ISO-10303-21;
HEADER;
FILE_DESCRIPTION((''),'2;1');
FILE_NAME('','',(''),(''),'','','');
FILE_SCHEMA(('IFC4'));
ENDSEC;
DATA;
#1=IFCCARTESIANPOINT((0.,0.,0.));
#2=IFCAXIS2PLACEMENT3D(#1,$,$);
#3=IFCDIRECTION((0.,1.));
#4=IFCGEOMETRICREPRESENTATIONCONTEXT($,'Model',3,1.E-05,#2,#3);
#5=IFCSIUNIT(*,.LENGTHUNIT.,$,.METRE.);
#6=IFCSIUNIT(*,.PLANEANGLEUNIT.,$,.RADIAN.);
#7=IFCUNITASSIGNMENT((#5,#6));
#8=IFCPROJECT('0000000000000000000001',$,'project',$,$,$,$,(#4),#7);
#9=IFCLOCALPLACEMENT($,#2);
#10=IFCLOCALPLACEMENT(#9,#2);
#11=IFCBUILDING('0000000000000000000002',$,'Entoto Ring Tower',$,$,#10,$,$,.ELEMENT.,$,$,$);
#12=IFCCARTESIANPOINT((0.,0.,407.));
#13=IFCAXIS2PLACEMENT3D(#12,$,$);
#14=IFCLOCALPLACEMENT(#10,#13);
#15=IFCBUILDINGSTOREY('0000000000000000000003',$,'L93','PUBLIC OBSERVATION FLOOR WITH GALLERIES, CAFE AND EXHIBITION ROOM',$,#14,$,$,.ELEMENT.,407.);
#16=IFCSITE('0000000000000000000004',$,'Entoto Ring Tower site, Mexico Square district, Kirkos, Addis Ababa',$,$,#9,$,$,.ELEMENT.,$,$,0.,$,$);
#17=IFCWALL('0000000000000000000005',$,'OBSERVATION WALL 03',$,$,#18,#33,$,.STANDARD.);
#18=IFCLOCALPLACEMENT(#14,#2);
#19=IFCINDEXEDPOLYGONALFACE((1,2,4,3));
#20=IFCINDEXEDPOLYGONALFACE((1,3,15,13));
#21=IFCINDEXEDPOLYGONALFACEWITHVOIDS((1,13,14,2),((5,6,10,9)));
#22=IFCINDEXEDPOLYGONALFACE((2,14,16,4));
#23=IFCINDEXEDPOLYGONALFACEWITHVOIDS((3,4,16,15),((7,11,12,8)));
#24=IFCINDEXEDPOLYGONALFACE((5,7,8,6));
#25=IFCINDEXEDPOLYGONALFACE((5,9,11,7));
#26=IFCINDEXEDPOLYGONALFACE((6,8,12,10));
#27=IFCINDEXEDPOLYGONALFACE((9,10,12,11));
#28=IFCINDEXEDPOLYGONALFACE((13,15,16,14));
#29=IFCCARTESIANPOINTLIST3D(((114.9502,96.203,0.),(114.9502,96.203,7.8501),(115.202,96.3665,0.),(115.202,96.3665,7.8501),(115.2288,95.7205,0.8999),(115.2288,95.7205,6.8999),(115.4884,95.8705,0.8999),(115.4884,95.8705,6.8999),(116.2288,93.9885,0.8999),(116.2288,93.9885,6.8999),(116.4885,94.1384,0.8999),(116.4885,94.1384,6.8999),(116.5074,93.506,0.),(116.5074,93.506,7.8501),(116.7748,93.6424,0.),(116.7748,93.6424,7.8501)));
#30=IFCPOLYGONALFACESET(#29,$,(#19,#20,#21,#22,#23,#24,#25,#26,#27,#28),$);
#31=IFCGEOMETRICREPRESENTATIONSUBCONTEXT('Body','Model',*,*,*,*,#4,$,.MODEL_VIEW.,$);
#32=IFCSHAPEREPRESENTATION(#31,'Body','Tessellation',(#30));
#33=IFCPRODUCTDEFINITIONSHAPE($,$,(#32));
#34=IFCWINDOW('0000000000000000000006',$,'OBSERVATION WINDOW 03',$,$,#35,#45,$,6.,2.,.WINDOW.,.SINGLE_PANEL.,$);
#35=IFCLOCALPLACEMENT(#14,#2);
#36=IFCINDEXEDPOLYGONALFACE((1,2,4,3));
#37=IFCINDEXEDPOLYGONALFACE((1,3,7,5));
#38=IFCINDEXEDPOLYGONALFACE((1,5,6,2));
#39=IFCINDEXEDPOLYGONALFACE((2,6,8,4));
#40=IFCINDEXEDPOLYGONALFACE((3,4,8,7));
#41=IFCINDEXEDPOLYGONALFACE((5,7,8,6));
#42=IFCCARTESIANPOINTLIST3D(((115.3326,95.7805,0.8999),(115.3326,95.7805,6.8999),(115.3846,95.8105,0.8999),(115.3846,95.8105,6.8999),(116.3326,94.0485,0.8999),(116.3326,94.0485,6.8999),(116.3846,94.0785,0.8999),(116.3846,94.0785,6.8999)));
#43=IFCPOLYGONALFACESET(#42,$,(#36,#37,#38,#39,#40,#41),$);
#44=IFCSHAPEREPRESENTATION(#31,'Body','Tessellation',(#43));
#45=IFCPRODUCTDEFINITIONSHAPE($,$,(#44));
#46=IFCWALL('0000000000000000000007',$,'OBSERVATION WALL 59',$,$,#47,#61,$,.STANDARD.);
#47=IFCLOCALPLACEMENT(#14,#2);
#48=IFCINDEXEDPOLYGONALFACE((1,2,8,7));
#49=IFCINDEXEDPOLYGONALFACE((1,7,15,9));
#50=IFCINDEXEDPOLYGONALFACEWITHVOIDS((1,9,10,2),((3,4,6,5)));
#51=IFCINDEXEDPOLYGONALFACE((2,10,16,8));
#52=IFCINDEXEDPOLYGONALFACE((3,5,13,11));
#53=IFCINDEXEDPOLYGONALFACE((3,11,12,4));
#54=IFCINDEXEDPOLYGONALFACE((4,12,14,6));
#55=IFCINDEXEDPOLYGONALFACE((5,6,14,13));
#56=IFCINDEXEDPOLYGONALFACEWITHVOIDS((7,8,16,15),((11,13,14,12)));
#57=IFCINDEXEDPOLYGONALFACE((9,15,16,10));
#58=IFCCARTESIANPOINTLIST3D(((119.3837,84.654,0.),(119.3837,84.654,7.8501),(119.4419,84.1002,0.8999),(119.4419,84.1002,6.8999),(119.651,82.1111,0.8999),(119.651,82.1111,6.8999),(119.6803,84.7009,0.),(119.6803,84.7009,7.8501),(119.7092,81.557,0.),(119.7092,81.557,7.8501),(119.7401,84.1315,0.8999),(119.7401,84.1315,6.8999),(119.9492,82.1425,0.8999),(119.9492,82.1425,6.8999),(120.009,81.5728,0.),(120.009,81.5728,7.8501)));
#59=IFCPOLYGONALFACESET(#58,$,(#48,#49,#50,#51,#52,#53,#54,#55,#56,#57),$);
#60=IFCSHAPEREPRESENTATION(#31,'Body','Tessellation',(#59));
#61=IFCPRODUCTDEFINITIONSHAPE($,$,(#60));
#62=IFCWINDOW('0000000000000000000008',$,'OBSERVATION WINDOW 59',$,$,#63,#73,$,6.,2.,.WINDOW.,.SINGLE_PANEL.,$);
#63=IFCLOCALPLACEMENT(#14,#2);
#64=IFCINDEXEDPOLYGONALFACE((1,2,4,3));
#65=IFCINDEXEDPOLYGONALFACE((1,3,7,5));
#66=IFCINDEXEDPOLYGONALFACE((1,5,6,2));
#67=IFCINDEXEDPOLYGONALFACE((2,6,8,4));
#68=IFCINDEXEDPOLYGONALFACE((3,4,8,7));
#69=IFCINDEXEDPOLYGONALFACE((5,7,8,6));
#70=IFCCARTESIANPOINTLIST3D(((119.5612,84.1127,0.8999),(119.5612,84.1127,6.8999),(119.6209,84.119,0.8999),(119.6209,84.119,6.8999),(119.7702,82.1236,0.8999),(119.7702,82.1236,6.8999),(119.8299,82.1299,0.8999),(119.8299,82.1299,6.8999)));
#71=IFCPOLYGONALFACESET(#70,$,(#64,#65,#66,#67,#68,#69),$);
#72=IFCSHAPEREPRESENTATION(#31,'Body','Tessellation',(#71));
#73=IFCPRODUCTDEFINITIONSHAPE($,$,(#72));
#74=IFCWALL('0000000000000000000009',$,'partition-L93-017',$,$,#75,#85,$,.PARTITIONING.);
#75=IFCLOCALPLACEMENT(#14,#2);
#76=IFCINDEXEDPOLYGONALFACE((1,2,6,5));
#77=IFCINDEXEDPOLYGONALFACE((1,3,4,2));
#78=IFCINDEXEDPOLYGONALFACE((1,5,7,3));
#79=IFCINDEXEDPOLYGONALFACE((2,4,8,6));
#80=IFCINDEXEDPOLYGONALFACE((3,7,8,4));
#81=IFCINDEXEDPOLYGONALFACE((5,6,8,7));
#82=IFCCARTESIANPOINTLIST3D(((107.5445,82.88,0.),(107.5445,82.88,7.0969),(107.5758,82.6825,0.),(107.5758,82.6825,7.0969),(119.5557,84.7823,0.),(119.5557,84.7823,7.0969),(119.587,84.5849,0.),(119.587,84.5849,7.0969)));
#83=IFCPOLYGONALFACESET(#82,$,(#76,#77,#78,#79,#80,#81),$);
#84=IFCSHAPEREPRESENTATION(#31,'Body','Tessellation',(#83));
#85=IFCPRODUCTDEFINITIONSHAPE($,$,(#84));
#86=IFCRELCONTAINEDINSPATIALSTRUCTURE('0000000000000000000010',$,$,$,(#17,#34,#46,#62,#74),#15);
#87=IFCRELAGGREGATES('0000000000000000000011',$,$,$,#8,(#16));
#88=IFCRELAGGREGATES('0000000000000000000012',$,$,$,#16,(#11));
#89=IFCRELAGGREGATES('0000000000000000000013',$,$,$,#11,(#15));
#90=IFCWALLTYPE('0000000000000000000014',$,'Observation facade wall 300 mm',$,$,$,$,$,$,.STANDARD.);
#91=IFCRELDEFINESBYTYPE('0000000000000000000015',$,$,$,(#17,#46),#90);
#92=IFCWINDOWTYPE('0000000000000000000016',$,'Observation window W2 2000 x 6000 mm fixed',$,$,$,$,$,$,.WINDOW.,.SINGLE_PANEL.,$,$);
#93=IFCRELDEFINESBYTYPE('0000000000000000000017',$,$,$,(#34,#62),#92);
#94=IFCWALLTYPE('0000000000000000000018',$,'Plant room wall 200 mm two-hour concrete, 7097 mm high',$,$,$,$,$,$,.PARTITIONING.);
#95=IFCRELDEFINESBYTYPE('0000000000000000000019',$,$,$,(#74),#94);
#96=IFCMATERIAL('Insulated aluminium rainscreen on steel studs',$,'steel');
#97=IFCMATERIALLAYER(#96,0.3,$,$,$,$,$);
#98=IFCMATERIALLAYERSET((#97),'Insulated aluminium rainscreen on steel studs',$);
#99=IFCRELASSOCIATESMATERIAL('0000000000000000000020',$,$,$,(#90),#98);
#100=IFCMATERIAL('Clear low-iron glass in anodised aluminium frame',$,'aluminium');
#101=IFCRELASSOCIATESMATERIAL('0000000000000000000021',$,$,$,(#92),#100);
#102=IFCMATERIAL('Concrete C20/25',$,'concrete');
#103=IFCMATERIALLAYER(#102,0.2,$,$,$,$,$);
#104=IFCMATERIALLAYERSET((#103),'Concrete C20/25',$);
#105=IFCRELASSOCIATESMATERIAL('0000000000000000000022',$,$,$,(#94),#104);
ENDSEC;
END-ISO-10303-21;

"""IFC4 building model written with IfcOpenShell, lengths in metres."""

from ifc_helpers import new_model, si_unit, direction, frame, frame_2d, origin, place, context, subcontext, project, spatial, polyline, rectangle, outline, extrude, material, layer, layer_set, type_object, element, fill, save


model = new_model("IFC4")

# Units and contexts
model_context = context("Model", 3, precision=1e-05, world=origin(), true_north=direction((0.0, 1.0)))
body_context = subcontext(model_context, "Body", "Model", "MODEL_VIEW")
ifc_project = project(units=[si_unit("LENGTHUNIT", "METRE"), si_unit("PLANEANGLEUNIT", "RADIAN")], contexts=[model_context])

# Site, building, storey
site_placement = place(None, origin())
site = spatial("IfcSite", under=ifc_project, at=site_placement, Name="Entoto Ring Tower site, Mexico Square district, Kirkos, Addis Ababa", CompositionType="ELEMENT", RefElevation=0.0)
building_placement = place(site_placement, origin())
building = spatial("IfcBuilding", under=site, at=building_placement, Name="Entoto Ring Tower", CompositionType="ELEMENT")
storey_placement = place(building_placement, frame((0.0, 0.0, 407.0)))
storey = spatial("IfcBuildingStorey", under=building, at=storey_placement, Name="L93", Description="PUBLIC OBSERVATION FLOOR WITH GALLERIES, CAFE AND EXHIBITION ROOM", CompositionType="ELEMENT", Elevation=407.0)

# Walls, openings, windows
ifc_material_1 = material(Name="Insulated aluminium rainscreen on steel studs", Category="steel")
ifc_layer_1 = layer(ifc_material_1, 0.3)
ifc_layer_set_1 = layer_set([ifc_layer_1], Name="Insulated aluminium rainscreen on steel studs")
wall_type_1 = type_object("IfcWallType", Name="Observation facade wall 300 mm", PredefinedType="STANDARD", material=ifc_layer_set_1)
ifc_material_2 = material(Name="Clear low-iron glass in anodised aluminium frame", Category="aluminium")
window_type_1 = type_object("IfcWindowType", Name="Observation window W2 2000 x 6000 mm fixed", PartitioningType="SINGLE_PANEL", PredefinedType="WINDOW", material=ifc_material_2)
wall_1_placement = place(storey_placement, frame((116.6411, 93.5742, 0.0), z_axis=(0.0, 0.0, 1.0), x_axis=(-0.500015, 0.866017, 0.0)))
wall_1 = element("IfcWall", 1, at=wall_1_placement, inside=storey, type_object=wall_type_1, Name="OBSERVATION WALL 03", PredefinedType="STANDARD", context=body_context, shape_type="SweptSolid", body=[
    extrude(outline(polyline([(-0.0078, -0.1499), (3.1377, -0.1499), (3.1221, 0.1499), (0.0078, 0.1499), (-0.0078, -0.1499)])), origin(), (0.0, 0.0, 1.0), 7.8501),
])
opening_1_placement = place(wall_1_placement, frame((0.5649, 0.0, 0.8999)))
opening_1 = element("IfcOpeningElement", 2, at=opening_1_placement, cuts=wall_1, PredefinedType="OPENING", context=body_context, shape_type="SweptSolid", body=[
    extrude(rectangle(XDim=2.0, YDim=6.0, at=frame_2d((1.0, 3.0))), frame((0.0, 0.1602, 0.0), z_axis=(0.0, -1.0, 0.0), x_axis=(1.0, 0.0, 0.0)), (0.0, 0.0, 1.0), 0.3201),
])
window_1_placement = place(opening_1_placement, origin())
window_1 = element("IfcWindow", 3, at=window_1_placement, inside=storey, type_object=window_type_1, Name="OBSERVATION WINDOW 03", OverallHeight=6.0, OverallWidth=2.0, PartitioningType="SINGLE_PANEL", PredefinedType="WINDOW", context=body_context, shape_type="SweptSolid", body=[
    extrude(rectangle(XDim=2.0, YDim=6.0, at=frame_2d((1.0, 3.0))), frame((0.0, 0.03, 0.0), z_axis=(0.0, -1.0, 0.0), x_axis=(1.0, 0.0, 0.0)), (0.0, 0.0, 1.0), 0.0601),
])
fill(opening_1, window_1)
wall_2_placement = place(storey_placement, frame((119.8591, 81.5649, 0.0), z_axis=(0.0, 0.0, 1.0), x_axis=(-0.10453, 0.994522, 0.0)))
wall_2 = element("IfcWall", 4, at=wall_2_placement, inside=storey, type_object=wall_type_1, Name="OBSERVATION WALL 59", PredefinedType="STANDARD", context=body_context, shape_type="SweptSolid", body=[
    extrude(outline(polyline([(-0.0078, -0.1499), (3.1375, -0.1499), (3.1218, 0.1499), (0.0078, 0.1499), (-0.0078, -0.1499)])), origin(), (0.0, 0.0, 1.0), 7.8501),
])
opening_2_placement = place(wall_2_placement, frame((0.5649, 0.0, 0.8999)))
opening_2 = element("IfcOpeningElement", 5, at=opening_2_placement, cuts=wall_2, PredefinedType="OPENING", context=body_context, shape_type="SweptSolid", body=[
    extrude(rectangle(XDim=2.0, YDim=6.0, at=frame_2d((1.0, 3.0))), frame((0.0, 0.1602, 0.0), z_axis=(0.0, -1.0, 0.0), x_axis=(1.0, 0.0, 0.0)), (0.0, 0.0, 1.0), 0.3201),
])
window_2_placement = place(opening_2_placement, origin())
window_2 = element("IfcWindow", 6, at=window_2_placement, inside=storey, type_object=window_type_1, Name="OBSERVATION WINDOW 59", OverallHeight=6.0, OverallWidth=2.0, PartitioningType="SINGLE_PANEL", PredefinedType="WINDOW", context=body_context, shape_type="SweptSolid", body=[
    extrude(rectangle(XDim=2.0, YDim=6.0, at=frame_2d((1.0, 3.0))), frame((0.0, 0.03, 0.0), z_axis=(0.0, -1.0, 0.0), x_axis=(1.0, 0.0, 0.0)), (0.0, 0.0, 1.0), 0.0601),
])
fill(opening_2, window_2)

# Wall
ifc_material_3 = material(Name="Concrete C20/25", Category="concrete")
ifc_layer_2 = layer(ifc_material_3, 0.2)
ifc_layer_set_2 = layer_set([ifc_layer_2], Name="Concrete C20/25")
wall_type_2 = type_object("IfcWallType", Name="Plant room wall 200 mm two-hour concrete, 7097 mm high", PredefinedType="PARTITIONING", material=ifc_layer_set_2)
wall_3_placement = place(storey_placement, frame((107.5601, 82.7812, 0.0), z_axis=(0.0, 0.0, 1.0), x_axis=(0.987689, 0.156431, 0.0)))
element("IfcWall", 7, at=wall_3_placement, inside=storey, type_object=wall_type_2, Name="partition-L93-017", PredefinedType="PARTITIONING", context=body_context, shape_type="SweptSolid", body=[
    extrude(rectangle(XDim=12.1609, YDim=0.2, at=frame_2d((6.0806, 0.0))), origin(), (0.0, 0.0, 1.0), 7.0969),
])

save(model, "model.ifc")
